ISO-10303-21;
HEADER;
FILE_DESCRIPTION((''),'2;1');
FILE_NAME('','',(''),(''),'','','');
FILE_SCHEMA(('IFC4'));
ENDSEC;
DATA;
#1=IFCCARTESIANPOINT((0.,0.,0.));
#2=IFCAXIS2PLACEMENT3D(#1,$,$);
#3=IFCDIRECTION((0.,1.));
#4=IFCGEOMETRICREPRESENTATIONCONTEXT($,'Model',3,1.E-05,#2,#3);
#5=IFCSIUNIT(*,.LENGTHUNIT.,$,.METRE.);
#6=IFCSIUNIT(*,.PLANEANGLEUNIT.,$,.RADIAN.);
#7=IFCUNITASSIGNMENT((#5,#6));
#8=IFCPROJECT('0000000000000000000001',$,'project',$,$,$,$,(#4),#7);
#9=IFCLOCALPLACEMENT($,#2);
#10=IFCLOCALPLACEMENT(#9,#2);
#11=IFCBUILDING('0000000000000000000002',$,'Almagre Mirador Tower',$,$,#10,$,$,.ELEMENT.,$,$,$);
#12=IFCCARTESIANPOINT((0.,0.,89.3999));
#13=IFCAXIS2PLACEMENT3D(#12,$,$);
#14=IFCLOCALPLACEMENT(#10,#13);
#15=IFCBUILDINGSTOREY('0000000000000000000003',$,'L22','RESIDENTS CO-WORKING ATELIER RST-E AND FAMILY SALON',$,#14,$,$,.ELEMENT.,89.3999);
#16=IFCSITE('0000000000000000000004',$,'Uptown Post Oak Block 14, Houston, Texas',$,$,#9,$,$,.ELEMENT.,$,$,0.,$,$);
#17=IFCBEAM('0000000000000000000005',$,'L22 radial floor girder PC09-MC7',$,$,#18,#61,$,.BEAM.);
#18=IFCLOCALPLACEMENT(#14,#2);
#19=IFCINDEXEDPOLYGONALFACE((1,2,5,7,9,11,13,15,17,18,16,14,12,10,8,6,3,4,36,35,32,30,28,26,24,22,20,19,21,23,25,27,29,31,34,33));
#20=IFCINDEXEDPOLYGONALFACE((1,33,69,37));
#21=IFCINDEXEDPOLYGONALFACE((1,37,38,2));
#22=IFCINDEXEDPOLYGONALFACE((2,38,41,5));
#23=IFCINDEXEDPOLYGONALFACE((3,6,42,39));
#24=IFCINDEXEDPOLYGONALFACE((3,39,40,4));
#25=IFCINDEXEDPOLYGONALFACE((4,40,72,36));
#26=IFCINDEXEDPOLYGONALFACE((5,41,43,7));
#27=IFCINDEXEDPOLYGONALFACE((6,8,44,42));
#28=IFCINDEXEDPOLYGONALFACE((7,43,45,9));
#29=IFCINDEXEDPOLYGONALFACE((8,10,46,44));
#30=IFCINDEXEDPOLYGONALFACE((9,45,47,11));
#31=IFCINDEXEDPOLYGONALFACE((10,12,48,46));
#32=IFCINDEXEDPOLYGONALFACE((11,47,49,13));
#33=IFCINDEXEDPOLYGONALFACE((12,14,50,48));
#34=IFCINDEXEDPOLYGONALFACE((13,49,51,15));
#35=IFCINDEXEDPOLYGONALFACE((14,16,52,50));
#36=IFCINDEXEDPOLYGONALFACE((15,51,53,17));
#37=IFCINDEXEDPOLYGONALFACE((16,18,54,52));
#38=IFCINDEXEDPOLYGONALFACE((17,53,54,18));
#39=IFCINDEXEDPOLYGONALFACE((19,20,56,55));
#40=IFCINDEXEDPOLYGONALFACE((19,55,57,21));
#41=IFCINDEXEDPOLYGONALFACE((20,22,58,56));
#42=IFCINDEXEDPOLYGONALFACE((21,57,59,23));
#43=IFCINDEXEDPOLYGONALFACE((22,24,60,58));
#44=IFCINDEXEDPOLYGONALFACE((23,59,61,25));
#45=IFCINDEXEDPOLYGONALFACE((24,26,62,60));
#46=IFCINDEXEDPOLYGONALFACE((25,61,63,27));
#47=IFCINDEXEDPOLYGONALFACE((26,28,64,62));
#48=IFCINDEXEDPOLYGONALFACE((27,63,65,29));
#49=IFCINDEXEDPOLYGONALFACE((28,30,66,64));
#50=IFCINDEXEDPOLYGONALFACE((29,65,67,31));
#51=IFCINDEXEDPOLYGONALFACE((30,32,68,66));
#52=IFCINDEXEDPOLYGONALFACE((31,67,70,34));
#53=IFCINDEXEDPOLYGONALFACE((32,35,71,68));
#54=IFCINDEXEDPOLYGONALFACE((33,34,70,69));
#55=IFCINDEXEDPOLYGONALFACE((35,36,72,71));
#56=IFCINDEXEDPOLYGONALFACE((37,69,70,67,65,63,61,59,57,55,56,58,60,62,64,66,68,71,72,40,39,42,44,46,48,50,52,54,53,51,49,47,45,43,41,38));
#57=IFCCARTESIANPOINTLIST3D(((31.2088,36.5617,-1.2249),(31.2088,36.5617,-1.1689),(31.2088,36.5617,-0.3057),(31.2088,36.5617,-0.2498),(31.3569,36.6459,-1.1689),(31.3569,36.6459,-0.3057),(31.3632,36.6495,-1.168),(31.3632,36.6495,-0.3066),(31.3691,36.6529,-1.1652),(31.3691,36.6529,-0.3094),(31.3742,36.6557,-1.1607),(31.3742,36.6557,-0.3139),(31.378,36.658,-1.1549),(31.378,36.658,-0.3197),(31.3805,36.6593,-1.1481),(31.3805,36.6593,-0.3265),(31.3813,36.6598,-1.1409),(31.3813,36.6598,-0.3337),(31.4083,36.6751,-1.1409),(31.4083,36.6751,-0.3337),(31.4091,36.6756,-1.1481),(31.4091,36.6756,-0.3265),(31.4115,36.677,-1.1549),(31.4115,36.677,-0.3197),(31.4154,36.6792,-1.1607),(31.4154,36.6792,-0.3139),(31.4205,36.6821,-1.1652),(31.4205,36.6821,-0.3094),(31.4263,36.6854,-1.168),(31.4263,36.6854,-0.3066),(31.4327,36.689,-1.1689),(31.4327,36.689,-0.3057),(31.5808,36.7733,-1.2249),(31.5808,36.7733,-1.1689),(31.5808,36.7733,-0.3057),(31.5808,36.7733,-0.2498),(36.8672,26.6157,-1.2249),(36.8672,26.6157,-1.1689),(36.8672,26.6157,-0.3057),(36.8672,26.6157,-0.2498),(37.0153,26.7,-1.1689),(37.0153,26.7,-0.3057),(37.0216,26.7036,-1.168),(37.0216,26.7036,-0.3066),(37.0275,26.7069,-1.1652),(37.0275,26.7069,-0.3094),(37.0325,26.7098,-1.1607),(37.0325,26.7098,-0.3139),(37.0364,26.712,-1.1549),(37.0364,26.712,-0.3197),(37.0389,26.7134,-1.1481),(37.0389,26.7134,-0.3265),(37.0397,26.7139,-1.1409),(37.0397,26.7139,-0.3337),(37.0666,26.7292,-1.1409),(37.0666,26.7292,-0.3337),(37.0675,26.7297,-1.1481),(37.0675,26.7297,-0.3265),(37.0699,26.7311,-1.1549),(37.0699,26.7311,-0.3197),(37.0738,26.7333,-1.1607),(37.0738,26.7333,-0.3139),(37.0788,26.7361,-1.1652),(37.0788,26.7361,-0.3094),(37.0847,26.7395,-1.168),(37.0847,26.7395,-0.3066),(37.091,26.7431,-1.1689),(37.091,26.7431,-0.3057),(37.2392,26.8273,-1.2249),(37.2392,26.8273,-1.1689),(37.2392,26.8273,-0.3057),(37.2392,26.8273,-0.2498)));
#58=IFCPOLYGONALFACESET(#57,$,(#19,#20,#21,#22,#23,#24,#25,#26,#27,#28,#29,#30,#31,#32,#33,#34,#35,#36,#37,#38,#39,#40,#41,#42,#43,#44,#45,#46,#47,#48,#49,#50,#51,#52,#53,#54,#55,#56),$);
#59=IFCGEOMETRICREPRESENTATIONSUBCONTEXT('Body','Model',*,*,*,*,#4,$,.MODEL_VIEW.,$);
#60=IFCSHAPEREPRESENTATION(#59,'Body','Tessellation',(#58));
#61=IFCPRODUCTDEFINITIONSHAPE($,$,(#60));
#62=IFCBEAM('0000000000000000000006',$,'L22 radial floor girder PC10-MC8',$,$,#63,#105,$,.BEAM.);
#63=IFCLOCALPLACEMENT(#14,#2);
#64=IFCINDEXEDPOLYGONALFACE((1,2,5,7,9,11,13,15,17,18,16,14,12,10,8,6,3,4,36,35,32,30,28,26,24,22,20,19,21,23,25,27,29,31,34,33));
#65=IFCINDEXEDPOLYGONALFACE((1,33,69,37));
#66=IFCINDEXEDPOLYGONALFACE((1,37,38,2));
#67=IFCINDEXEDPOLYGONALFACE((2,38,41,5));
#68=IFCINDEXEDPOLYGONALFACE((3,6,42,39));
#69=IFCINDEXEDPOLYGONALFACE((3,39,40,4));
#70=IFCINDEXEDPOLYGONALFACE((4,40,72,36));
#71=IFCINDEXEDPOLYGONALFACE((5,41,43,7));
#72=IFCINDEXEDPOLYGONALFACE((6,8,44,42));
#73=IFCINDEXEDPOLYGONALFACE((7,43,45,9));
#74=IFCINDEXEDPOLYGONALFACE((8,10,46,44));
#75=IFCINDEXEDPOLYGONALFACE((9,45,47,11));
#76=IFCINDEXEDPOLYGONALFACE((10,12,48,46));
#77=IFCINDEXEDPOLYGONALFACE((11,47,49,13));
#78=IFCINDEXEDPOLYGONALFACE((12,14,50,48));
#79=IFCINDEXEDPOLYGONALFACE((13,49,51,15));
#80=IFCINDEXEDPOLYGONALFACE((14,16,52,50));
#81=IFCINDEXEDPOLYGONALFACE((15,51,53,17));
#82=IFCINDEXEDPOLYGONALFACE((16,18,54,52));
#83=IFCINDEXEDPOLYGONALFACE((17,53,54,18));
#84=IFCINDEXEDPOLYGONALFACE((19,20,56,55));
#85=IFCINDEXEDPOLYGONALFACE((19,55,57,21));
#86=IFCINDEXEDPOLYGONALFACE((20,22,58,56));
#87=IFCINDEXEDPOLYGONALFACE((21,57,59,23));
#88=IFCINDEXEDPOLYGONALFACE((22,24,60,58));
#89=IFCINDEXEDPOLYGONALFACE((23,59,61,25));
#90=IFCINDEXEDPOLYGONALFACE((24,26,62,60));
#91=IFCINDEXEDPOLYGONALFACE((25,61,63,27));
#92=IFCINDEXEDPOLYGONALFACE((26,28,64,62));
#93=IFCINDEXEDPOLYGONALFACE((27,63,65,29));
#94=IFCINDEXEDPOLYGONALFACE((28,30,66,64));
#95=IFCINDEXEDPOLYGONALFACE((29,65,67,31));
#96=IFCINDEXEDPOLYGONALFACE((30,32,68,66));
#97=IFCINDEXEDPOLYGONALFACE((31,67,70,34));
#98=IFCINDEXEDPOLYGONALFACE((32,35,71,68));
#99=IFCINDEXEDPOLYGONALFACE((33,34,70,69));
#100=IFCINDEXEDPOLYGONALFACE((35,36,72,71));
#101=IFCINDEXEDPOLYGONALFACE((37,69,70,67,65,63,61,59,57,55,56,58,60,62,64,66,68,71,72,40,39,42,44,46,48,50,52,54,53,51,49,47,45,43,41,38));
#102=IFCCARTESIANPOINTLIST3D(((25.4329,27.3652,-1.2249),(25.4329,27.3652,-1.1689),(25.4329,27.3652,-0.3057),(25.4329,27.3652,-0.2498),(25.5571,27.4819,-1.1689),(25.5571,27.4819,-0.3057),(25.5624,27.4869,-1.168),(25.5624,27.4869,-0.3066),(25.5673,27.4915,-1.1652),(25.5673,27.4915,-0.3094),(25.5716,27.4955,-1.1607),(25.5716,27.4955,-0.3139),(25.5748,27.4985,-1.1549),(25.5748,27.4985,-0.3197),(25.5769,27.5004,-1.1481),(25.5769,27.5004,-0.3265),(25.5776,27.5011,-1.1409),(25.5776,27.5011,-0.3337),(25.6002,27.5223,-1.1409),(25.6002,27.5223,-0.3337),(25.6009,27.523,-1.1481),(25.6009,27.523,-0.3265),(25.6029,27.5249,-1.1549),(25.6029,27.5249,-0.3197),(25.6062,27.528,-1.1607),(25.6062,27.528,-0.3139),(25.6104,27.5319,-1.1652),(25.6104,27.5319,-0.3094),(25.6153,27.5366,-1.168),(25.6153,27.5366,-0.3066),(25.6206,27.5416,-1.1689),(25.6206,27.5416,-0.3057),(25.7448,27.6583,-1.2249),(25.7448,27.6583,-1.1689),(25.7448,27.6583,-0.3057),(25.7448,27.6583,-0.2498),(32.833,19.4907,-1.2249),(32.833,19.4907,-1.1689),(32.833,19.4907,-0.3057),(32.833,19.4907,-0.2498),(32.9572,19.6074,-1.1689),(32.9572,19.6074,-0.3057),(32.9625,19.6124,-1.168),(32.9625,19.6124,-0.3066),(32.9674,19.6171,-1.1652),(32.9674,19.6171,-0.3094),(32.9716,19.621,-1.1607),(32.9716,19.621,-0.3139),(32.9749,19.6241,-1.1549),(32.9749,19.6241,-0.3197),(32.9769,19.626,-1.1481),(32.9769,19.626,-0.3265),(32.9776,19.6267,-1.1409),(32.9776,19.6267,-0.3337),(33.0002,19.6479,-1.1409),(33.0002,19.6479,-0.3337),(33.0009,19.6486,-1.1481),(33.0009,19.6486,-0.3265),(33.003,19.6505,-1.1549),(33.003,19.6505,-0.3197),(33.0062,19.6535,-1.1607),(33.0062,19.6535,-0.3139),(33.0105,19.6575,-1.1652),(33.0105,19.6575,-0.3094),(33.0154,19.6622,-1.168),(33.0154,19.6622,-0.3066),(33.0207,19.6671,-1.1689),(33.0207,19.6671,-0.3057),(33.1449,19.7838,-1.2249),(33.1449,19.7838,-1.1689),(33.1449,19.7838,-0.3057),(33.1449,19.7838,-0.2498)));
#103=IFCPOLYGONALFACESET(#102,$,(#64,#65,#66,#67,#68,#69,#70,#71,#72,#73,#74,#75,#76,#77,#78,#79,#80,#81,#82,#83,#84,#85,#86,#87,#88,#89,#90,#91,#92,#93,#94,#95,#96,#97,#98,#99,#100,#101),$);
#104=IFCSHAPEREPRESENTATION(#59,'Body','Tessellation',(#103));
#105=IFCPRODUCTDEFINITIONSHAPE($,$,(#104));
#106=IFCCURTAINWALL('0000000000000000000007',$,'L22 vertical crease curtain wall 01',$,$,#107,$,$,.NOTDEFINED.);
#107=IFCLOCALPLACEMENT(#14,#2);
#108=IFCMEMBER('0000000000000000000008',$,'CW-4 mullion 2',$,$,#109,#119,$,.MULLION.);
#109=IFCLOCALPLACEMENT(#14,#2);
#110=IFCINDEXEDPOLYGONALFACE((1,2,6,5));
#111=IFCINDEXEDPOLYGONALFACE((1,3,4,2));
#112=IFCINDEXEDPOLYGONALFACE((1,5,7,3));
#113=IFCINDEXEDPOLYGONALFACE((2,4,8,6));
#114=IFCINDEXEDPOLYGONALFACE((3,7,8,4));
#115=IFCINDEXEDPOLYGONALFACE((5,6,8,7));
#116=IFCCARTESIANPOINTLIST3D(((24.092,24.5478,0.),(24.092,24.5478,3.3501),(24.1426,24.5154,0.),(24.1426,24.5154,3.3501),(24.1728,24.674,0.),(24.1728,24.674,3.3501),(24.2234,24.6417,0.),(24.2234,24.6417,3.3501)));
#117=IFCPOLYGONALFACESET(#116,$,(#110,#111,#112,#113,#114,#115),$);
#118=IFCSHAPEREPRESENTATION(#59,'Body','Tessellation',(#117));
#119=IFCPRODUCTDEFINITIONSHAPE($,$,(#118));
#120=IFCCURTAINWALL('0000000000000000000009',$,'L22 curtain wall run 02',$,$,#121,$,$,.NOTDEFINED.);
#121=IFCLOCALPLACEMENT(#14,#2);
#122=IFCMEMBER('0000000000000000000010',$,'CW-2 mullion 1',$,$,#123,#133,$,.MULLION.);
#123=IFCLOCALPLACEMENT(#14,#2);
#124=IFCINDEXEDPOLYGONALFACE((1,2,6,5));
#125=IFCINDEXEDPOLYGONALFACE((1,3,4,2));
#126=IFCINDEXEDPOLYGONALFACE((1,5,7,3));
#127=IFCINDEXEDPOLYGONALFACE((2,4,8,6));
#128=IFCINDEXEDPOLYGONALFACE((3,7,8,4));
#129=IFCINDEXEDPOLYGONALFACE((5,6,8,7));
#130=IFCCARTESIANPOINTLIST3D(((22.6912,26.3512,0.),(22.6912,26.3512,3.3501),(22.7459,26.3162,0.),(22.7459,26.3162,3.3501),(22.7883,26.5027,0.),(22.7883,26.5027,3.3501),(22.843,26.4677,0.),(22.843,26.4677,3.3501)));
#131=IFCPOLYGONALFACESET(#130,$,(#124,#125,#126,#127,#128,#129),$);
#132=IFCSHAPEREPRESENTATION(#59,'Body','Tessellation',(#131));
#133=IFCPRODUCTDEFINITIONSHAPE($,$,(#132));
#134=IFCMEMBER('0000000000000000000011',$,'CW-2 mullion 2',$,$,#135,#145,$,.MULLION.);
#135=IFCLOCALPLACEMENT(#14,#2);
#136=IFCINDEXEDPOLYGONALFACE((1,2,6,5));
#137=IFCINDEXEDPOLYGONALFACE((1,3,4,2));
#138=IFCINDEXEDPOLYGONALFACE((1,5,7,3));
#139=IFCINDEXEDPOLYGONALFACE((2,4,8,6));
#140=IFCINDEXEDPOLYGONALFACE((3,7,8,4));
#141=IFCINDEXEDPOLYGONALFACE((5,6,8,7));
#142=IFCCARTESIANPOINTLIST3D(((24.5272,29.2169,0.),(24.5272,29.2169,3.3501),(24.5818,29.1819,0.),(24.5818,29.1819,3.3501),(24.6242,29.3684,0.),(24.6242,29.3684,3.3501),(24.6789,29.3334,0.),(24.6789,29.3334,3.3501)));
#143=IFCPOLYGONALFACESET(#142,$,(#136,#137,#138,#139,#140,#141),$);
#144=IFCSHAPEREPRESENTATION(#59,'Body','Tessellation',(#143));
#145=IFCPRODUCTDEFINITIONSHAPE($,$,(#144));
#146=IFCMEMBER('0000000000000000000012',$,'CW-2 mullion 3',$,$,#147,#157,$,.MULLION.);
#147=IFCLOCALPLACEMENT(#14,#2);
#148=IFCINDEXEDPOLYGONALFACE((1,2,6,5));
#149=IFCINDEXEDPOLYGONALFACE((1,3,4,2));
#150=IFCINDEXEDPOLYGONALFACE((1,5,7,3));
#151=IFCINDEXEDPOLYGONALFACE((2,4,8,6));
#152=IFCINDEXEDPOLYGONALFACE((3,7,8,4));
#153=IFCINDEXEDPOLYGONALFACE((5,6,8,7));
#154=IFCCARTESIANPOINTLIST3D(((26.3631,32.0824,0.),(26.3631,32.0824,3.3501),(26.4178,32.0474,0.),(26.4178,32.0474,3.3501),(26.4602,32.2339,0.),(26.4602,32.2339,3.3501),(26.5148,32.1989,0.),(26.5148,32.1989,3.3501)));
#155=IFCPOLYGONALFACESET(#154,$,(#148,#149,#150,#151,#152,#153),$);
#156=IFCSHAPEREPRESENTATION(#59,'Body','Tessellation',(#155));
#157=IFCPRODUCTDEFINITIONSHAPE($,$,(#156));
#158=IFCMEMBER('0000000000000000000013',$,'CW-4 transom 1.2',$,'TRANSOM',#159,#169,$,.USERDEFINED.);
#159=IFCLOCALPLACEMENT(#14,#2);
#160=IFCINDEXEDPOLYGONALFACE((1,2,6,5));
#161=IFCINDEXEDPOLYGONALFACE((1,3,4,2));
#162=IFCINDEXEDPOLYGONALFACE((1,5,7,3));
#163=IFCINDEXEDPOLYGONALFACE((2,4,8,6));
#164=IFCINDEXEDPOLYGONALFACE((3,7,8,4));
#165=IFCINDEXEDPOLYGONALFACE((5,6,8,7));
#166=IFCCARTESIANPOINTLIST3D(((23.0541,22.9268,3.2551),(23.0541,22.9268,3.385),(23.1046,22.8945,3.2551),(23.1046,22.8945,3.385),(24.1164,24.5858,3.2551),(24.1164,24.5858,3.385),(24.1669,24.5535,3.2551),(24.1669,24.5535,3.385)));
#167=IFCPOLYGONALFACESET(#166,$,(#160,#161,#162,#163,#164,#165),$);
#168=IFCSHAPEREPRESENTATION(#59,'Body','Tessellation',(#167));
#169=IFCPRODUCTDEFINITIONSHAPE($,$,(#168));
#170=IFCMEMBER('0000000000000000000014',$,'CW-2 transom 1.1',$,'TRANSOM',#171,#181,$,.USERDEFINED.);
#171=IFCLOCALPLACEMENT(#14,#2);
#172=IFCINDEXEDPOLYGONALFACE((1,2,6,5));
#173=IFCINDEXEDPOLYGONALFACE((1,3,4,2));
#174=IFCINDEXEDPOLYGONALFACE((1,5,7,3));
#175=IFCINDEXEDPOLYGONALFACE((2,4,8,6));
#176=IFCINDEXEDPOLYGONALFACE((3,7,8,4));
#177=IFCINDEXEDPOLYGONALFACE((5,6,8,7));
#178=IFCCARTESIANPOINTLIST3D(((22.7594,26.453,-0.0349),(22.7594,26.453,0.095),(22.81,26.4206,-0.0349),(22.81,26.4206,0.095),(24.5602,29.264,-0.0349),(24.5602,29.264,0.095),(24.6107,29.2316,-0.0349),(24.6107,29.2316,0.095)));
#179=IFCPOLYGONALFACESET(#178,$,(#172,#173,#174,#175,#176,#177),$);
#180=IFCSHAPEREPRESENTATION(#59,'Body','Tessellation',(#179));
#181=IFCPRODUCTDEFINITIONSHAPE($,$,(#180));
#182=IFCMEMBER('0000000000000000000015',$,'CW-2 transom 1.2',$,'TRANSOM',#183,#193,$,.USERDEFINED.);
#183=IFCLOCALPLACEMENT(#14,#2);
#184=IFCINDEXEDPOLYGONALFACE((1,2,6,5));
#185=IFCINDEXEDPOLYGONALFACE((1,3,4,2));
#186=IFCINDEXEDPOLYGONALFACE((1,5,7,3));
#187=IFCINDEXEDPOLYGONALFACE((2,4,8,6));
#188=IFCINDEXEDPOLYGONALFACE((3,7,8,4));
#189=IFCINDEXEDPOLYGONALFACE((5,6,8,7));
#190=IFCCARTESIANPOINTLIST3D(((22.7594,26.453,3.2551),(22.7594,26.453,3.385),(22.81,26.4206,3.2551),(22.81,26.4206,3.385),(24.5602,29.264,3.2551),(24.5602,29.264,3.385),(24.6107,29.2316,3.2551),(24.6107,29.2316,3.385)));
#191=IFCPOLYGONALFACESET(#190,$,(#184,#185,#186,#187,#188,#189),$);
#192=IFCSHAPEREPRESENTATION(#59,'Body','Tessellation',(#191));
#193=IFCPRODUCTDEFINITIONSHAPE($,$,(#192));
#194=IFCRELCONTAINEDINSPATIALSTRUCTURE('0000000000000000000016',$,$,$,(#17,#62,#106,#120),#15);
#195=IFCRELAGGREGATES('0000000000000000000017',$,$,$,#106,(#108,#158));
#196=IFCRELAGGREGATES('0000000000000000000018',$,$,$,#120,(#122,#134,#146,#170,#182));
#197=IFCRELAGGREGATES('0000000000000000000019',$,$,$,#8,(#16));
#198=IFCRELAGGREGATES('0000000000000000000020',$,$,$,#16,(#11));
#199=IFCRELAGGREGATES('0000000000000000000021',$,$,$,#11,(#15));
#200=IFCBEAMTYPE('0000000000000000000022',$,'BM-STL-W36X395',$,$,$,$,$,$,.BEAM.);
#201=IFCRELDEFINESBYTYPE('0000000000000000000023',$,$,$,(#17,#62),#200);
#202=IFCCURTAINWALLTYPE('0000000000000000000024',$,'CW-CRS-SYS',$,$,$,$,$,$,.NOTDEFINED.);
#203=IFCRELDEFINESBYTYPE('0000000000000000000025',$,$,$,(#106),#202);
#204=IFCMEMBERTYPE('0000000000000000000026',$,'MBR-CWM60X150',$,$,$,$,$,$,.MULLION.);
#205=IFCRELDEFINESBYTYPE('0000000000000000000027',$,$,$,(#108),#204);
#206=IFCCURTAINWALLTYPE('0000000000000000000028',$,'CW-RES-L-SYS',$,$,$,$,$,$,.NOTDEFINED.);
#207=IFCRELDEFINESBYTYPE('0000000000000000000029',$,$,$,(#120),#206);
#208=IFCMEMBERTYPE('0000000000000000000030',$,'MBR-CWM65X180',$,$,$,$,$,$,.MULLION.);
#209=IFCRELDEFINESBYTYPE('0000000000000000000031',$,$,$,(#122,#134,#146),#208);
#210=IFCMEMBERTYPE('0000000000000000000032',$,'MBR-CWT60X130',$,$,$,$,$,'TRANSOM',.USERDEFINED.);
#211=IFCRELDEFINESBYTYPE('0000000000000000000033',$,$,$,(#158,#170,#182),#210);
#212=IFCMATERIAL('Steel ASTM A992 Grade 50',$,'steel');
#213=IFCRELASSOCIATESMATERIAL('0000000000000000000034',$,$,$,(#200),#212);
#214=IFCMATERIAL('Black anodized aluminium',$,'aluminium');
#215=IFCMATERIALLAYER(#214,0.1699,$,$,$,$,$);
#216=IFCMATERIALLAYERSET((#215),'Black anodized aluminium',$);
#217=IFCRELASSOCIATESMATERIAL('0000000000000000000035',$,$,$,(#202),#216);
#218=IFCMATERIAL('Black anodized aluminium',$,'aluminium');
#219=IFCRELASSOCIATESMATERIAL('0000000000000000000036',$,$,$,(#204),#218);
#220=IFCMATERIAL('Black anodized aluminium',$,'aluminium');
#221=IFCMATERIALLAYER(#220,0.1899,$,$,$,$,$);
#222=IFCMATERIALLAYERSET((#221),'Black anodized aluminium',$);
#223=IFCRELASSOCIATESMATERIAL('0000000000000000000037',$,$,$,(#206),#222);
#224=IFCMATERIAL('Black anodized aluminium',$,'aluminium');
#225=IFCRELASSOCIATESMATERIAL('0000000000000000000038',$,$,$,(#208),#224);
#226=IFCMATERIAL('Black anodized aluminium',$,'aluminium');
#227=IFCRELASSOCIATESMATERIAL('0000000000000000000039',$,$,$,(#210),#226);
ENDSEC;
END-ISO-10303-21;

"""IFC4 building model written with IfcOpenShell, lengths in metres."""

from ifc_helpers import new_model, si_unit, direction, frame, origin, origin_2d, place, context, subcontext, project, spatial, rectangle, i_section, extrude, material, layer, layer_set, material_profile, profile_set, type_object, element, aggregate, save


model = new_model("IFC4")

# Units and contexts
model_context = context("Model", 3, precision=1e-05, world=origin(), true_north=direction((0.0, 1.0)))
body_context = subcontext(model_context, "Body", "Model", "MODEL_VIEW")
ifc_project = project(units=[si_unit("LENGTHUNIT", "METRE"), si_unit("PLANEANGLEUNIT", "RADIAN")], contexts=[model_context])

# Site, building, storey
site_placement = place(None, origin())
site = spatial("IfcSite", under=ifc_project, at=site_placement, Name="Uptown Post Oak Block 14, Houston, Texas", CompositionType="ELEMENT", RefElevation=0.0)
building_placement = place(site_placement, origin())
building = spatial("IfcBuilding", under=site, at=building_placement, Name="Almagre Mirador Tower", CompositionType="ELEMENT")
storey_placement = place(building_placement, frame((0.0, 0.0, 89.3999)))
storey = spatial("IfcBuildingStorey", under=building, at=storey_placement, Name="L22", Description="RESIDENTS CO-WORKING ATELIER RST-E AND FAMILY SALON", CompositionType="ELEMENT", Elevation=89.3999)

# Beams
ifc_material_1 = material(Name="Steel ASTM A992 Grade 50", Category="steel")
ifc_material_profile_1 = material_profile(ifc_material_1, i_section(OverallWidth=0.428, OverallDepth=0.9751, WebThickness=0.031, FlangeThickness=0.0559, FilletRadius=0.0281, at=origin_2d()), Name="W36X395")
ifc_profile_set_1 = profile_set([ifc_material_profile_1], Name="Steel ASTM A992 Grade 50")
beam_type_1 = type_object("IfcBeamType", Name="BM-STL-W36X395", PredefinedType="BEAM", material=ifc_profile_set_1)
beam_1_placement = place(storey_placement, frame((31.3948, 36.6675, -0.7373), z_axis=(0.494491, -0.869183, 0.0), x_axis=(0.869183, 0.494491, 0.0)))
element("IfcBeam", 1, at=beam_1_placement, inside=storey, type_object=beam_type_1, Name="L22 radial floor girder PC09-MC7", PredefinedType="BEAM", context=body_context, shape_type="SweptSolid", body=[
    extrude(i_section(OverallWidth=0.428, OverallDepth=0.9751, WebThickness=0.031, FlangeThickness=0.0559, FilletRadius=0.0281, at=origin_2d()), origin(), (0.0, 0.0, 1.0), 11.4429),
])
beam_2_placement = place(storey_placement, frame((25.5889, 27.5117, -0.7373), z_axis=(0.684817, -0.728715, 0.0), x_axis=(0.728715, 0.684817, 0.0)))
element("IfcBeam", 2, at=beam_2_placement, inside=storey, type_object=beam_type_1, Name="L22 radial floor girder PC10-MC8", PredefinedType="BEAM", context=body_context, shape_type="SweptSolid", body=[
    extrude(i_section(OverallWidth=0.428, OverallDepth=0.9751, WebThickness=0.031, FlangeThickness=0.0559, FilletRadius=0.0281, at=origin_2d()), origin(), (0.0, 0.0, 1.0), 10.8059),
])

# Curtain wall, member
ifc_material_2 = material(Name="Black anodized aluminium", Category="aluminium")
ifc_layer_1 = layer(ifc_material_2, 0.1699)
ifc_layer_set_1 = layer_set([ifc_layer_1], Name="Black anodized aluminium")
curtain_wall_type_1 = type_object("IfcCurtainWallType", Name="CW-CRS-SYS", PredefinedType="NOTDEFINED", material=ifc_layer_set_1)
curtain_wall_1_placement = place(storey_placement, origin())
curtain_wall_1 = element("IfcCurtainWall", 3, at=curtain_wall_1_placement, inside=storey, type_object=curtain_wall_type_1, Name="L22 vertical crease curtain wall 01", PredefinedType="NOTDEFINED")
ifc_material_3 = material(Name="Black anodized aluminium", Category="aluminium")
ifc_material_profile_2 = material_profile(ifc_material_3, rectangle(XDim=0.0601, YDim=0.1499, at=origin_2d()), Name="CWM60X150")
ifc_profile_set_2 = profile_set([ifc_material_profile_2], Name="Black anodized aluminium")
member_type_1 = type_object("IfcMemberType", Name="MBR-CWM60X150", PredefinedType="MULLION", material=ifc_profile_set_2)
member_1_placement = place(storey_placement, frame((24.1577, 24.5947, 0.0), z_axis=(0.0, 0.0, 1.0), x_axis=(-0.842141, 0.539257, 0.0)))
member_1 = element("IfcMember", 4, at=member_1_placement, type_object=member_type_1, Name="CW-4 mullion 2", PredefinedType="MULLION", context=body_context, shape_type="SweptSolid", body=[
    extrude(rectangle(XDim=0.0601, YDim=0.1499, at=origin_2d()), origin(), (0.0, 0.0, 1.0), 3.3501),
])

# Curtain wall, members
ifc_material_4 = material(Name="Black anodized aluminium", Category="aluminium")
ifc_layer_2 = layer(ifc_material_4, 0.1899)
ifc_layer_set_2 = layer_set([ifc_layer_2], Name="Black anodized aluminium")
curtain_wall_type_2 = type_object("IfcCurtainWallType", Name="CW-RES-L-SYS", PredefinedType="NOTDEFINED", material=ifc_layer_set_2)
curtain_wall_2_placement = place(storey_placement, origin())
curtain_wall_2 = element("IfcCurtainWall", 5, at=curtain_wall_2_placement, inside=storey, type_object=curtain_wall_type_2, Name="L22 curtain wall run 02", PredefinedType="NOTDEFINED")
ifc_material_5 = material(Name="Black anodized aluminium", Category="aluminium")
ifc_material_profile_3 = material_profile(ifc_material_5, rectangle(XDim=0.0649, YDim=0.1799, at=origin_2d()), Name="CWM65X180")
ifc_profile_set_3 = profile_set([ifc_material_profile_3], Name="Black anodized aluminium")
member_type_2 = type_object("IfcMemberType", Name="MBR-CWM65X180", PredefinedType="MULLION", material=ifc_profile_set_3)
member_2_placement = place(storey_placement, frame((22.7671, 26.4094, 0.0), z_axis=(0.0, 0.0, 1.0), x_axis=(-0.842005, 0.539469, 0.0)))
member_2 = element("IfcMember", 6, at=member_2_placement, type_object=member_type_2, Name="CW-2 mullion 1", PredefinedType="MULLION", context=body_context, shape_type="SweptSolid", body=[
    extrude(rectangle(XDim=0.0649, YDim=0.1799, at=origin_2d()), origin(), (0.0, 0.0, 1.0), 3.3501),
])
member_3_placement = place(storey_placement, frame((24.603, 29.2751, 0.0), z_axis=(0.0, 0.0, 1.0), x_axis=(-0.842005, 0.539469, 0.0)))
member_3 = element("IfcMember", 7, at=member_3_placement, type_object=member_type_2, Name="CW-2 mullion 2", PredefinedType="MULLION", context=body_context, shape_type="SweptSolid", body=[
    extrude(rectangle(XDim=0.0649, YDim=0.1799, at=origin_2d()), origin(), (0.0, 0.0, 1.0), 3.3501),
])
member_4_placement = place(storey_placement, frame((26.439, 32.1406, 0.0), z_axis=(0.0, 0.0, 1.0), x_axis=(-0.842005, 0.539469, 0.0)))
member_4 = element("IfcMember", 8, at=member_4_placement, type_object=member_type_2, Name="CW-2 mullion 3", PredefinedType="MULLION", context=body_context, shape_type="SweptSolid", body=[
    extrude(rectangle(XDim=0.0649, YDim=0.1799, at=origin_2d()), origin(), (0.0, 0.0, 1.0), 3.3501),
])

# Members
ifc_material_6 = material(Name="Black anodized aluminium", Category="aluminium")
ifc_material_profile_4 = material_profile(ifc_material_6, rectangle(XDim=0.0601, YDim=0.1299, at=origin_2d()), Name="CWT60X130")
ifc_profile_set_4 = profile_set([ifc_material_profile_4], Name="Black anodized aluminium")
member_type_3 = type_object("IfcMemberType", Name="MBR-CWT60X130", ElementType="TRANSOM", PredefinedType="USERDEFINED", material=ifc_profile_set_4)
member_5_placement = place(storey_placement, frame((23.0793, 22.9106, 3.3201), z_axis=(0.539247, 0.842148, 0.0), x_axis=(-0.842148, 0.539247, 0.0)))
member_5 = element("IfcMember", 9, at=member_5_placement, type_object=member_type_3, Name="CW-4 transom 1.2", ObjectType="TRANSOM", PredefinedType="USERDEFINED", context=body_context, shape_type="SweptSolid", body=[
    extrude(rectangle(XDim=0.0601, YDim=0.1299, at=origin_2d()), origin(), (0.0, 0.0, 1.0), 1.97),
])
member_6_placement = place(storey_placement, frame((22.7847, 26.4368, 0.03), z_axis=(0.539419, 0.842038, 0.0), x_axis=(-0.842038, 0.539419, 0.0)))
member_6 = element("IfcMember", 10, at=member_6_placement, type_object=member_type_3, Name="CW-2 transom 1.1", ObjectType="TRANSOM", PredefinedType="USERDEFINED", context=body_context, shape_type="SweptSolid", body=[
    extrude(rectangle(XDim=0.0601, YDim=0.1299, at=origin_2d()), origin(), (0.0, 0.0, 1.0), 3.3384),
])
member_7_placement = place(storey_placement, frame((22.7847, 26.4368, 3.3201), z_axis=(0.539419, 0.842038, 0.0), x_axis=(-0.842038, 0.539419, 0.0)))
member_7 = element("IfcMember", 11, at=member_7_placement, type_object=member_type_3, Name="CW-2 transom 1.2", ObjectType="TRANSOM", PredefinedType="USERDEFINED", context=body_context, shape_type="SweptSolid", body=[
    extrude(rectangle(XDim=0.0601, YDim=0.1299, at=origin_2d()), origin(), (0.0, 0.0, 1.0), 3.3384),
])

aggregate(curtain_wall_1, [member_1, member_5])
aggregate(curtain_wall_2, [member_2, member_3, member_4, member_6, member_7])

save(model, "model.ifc")
